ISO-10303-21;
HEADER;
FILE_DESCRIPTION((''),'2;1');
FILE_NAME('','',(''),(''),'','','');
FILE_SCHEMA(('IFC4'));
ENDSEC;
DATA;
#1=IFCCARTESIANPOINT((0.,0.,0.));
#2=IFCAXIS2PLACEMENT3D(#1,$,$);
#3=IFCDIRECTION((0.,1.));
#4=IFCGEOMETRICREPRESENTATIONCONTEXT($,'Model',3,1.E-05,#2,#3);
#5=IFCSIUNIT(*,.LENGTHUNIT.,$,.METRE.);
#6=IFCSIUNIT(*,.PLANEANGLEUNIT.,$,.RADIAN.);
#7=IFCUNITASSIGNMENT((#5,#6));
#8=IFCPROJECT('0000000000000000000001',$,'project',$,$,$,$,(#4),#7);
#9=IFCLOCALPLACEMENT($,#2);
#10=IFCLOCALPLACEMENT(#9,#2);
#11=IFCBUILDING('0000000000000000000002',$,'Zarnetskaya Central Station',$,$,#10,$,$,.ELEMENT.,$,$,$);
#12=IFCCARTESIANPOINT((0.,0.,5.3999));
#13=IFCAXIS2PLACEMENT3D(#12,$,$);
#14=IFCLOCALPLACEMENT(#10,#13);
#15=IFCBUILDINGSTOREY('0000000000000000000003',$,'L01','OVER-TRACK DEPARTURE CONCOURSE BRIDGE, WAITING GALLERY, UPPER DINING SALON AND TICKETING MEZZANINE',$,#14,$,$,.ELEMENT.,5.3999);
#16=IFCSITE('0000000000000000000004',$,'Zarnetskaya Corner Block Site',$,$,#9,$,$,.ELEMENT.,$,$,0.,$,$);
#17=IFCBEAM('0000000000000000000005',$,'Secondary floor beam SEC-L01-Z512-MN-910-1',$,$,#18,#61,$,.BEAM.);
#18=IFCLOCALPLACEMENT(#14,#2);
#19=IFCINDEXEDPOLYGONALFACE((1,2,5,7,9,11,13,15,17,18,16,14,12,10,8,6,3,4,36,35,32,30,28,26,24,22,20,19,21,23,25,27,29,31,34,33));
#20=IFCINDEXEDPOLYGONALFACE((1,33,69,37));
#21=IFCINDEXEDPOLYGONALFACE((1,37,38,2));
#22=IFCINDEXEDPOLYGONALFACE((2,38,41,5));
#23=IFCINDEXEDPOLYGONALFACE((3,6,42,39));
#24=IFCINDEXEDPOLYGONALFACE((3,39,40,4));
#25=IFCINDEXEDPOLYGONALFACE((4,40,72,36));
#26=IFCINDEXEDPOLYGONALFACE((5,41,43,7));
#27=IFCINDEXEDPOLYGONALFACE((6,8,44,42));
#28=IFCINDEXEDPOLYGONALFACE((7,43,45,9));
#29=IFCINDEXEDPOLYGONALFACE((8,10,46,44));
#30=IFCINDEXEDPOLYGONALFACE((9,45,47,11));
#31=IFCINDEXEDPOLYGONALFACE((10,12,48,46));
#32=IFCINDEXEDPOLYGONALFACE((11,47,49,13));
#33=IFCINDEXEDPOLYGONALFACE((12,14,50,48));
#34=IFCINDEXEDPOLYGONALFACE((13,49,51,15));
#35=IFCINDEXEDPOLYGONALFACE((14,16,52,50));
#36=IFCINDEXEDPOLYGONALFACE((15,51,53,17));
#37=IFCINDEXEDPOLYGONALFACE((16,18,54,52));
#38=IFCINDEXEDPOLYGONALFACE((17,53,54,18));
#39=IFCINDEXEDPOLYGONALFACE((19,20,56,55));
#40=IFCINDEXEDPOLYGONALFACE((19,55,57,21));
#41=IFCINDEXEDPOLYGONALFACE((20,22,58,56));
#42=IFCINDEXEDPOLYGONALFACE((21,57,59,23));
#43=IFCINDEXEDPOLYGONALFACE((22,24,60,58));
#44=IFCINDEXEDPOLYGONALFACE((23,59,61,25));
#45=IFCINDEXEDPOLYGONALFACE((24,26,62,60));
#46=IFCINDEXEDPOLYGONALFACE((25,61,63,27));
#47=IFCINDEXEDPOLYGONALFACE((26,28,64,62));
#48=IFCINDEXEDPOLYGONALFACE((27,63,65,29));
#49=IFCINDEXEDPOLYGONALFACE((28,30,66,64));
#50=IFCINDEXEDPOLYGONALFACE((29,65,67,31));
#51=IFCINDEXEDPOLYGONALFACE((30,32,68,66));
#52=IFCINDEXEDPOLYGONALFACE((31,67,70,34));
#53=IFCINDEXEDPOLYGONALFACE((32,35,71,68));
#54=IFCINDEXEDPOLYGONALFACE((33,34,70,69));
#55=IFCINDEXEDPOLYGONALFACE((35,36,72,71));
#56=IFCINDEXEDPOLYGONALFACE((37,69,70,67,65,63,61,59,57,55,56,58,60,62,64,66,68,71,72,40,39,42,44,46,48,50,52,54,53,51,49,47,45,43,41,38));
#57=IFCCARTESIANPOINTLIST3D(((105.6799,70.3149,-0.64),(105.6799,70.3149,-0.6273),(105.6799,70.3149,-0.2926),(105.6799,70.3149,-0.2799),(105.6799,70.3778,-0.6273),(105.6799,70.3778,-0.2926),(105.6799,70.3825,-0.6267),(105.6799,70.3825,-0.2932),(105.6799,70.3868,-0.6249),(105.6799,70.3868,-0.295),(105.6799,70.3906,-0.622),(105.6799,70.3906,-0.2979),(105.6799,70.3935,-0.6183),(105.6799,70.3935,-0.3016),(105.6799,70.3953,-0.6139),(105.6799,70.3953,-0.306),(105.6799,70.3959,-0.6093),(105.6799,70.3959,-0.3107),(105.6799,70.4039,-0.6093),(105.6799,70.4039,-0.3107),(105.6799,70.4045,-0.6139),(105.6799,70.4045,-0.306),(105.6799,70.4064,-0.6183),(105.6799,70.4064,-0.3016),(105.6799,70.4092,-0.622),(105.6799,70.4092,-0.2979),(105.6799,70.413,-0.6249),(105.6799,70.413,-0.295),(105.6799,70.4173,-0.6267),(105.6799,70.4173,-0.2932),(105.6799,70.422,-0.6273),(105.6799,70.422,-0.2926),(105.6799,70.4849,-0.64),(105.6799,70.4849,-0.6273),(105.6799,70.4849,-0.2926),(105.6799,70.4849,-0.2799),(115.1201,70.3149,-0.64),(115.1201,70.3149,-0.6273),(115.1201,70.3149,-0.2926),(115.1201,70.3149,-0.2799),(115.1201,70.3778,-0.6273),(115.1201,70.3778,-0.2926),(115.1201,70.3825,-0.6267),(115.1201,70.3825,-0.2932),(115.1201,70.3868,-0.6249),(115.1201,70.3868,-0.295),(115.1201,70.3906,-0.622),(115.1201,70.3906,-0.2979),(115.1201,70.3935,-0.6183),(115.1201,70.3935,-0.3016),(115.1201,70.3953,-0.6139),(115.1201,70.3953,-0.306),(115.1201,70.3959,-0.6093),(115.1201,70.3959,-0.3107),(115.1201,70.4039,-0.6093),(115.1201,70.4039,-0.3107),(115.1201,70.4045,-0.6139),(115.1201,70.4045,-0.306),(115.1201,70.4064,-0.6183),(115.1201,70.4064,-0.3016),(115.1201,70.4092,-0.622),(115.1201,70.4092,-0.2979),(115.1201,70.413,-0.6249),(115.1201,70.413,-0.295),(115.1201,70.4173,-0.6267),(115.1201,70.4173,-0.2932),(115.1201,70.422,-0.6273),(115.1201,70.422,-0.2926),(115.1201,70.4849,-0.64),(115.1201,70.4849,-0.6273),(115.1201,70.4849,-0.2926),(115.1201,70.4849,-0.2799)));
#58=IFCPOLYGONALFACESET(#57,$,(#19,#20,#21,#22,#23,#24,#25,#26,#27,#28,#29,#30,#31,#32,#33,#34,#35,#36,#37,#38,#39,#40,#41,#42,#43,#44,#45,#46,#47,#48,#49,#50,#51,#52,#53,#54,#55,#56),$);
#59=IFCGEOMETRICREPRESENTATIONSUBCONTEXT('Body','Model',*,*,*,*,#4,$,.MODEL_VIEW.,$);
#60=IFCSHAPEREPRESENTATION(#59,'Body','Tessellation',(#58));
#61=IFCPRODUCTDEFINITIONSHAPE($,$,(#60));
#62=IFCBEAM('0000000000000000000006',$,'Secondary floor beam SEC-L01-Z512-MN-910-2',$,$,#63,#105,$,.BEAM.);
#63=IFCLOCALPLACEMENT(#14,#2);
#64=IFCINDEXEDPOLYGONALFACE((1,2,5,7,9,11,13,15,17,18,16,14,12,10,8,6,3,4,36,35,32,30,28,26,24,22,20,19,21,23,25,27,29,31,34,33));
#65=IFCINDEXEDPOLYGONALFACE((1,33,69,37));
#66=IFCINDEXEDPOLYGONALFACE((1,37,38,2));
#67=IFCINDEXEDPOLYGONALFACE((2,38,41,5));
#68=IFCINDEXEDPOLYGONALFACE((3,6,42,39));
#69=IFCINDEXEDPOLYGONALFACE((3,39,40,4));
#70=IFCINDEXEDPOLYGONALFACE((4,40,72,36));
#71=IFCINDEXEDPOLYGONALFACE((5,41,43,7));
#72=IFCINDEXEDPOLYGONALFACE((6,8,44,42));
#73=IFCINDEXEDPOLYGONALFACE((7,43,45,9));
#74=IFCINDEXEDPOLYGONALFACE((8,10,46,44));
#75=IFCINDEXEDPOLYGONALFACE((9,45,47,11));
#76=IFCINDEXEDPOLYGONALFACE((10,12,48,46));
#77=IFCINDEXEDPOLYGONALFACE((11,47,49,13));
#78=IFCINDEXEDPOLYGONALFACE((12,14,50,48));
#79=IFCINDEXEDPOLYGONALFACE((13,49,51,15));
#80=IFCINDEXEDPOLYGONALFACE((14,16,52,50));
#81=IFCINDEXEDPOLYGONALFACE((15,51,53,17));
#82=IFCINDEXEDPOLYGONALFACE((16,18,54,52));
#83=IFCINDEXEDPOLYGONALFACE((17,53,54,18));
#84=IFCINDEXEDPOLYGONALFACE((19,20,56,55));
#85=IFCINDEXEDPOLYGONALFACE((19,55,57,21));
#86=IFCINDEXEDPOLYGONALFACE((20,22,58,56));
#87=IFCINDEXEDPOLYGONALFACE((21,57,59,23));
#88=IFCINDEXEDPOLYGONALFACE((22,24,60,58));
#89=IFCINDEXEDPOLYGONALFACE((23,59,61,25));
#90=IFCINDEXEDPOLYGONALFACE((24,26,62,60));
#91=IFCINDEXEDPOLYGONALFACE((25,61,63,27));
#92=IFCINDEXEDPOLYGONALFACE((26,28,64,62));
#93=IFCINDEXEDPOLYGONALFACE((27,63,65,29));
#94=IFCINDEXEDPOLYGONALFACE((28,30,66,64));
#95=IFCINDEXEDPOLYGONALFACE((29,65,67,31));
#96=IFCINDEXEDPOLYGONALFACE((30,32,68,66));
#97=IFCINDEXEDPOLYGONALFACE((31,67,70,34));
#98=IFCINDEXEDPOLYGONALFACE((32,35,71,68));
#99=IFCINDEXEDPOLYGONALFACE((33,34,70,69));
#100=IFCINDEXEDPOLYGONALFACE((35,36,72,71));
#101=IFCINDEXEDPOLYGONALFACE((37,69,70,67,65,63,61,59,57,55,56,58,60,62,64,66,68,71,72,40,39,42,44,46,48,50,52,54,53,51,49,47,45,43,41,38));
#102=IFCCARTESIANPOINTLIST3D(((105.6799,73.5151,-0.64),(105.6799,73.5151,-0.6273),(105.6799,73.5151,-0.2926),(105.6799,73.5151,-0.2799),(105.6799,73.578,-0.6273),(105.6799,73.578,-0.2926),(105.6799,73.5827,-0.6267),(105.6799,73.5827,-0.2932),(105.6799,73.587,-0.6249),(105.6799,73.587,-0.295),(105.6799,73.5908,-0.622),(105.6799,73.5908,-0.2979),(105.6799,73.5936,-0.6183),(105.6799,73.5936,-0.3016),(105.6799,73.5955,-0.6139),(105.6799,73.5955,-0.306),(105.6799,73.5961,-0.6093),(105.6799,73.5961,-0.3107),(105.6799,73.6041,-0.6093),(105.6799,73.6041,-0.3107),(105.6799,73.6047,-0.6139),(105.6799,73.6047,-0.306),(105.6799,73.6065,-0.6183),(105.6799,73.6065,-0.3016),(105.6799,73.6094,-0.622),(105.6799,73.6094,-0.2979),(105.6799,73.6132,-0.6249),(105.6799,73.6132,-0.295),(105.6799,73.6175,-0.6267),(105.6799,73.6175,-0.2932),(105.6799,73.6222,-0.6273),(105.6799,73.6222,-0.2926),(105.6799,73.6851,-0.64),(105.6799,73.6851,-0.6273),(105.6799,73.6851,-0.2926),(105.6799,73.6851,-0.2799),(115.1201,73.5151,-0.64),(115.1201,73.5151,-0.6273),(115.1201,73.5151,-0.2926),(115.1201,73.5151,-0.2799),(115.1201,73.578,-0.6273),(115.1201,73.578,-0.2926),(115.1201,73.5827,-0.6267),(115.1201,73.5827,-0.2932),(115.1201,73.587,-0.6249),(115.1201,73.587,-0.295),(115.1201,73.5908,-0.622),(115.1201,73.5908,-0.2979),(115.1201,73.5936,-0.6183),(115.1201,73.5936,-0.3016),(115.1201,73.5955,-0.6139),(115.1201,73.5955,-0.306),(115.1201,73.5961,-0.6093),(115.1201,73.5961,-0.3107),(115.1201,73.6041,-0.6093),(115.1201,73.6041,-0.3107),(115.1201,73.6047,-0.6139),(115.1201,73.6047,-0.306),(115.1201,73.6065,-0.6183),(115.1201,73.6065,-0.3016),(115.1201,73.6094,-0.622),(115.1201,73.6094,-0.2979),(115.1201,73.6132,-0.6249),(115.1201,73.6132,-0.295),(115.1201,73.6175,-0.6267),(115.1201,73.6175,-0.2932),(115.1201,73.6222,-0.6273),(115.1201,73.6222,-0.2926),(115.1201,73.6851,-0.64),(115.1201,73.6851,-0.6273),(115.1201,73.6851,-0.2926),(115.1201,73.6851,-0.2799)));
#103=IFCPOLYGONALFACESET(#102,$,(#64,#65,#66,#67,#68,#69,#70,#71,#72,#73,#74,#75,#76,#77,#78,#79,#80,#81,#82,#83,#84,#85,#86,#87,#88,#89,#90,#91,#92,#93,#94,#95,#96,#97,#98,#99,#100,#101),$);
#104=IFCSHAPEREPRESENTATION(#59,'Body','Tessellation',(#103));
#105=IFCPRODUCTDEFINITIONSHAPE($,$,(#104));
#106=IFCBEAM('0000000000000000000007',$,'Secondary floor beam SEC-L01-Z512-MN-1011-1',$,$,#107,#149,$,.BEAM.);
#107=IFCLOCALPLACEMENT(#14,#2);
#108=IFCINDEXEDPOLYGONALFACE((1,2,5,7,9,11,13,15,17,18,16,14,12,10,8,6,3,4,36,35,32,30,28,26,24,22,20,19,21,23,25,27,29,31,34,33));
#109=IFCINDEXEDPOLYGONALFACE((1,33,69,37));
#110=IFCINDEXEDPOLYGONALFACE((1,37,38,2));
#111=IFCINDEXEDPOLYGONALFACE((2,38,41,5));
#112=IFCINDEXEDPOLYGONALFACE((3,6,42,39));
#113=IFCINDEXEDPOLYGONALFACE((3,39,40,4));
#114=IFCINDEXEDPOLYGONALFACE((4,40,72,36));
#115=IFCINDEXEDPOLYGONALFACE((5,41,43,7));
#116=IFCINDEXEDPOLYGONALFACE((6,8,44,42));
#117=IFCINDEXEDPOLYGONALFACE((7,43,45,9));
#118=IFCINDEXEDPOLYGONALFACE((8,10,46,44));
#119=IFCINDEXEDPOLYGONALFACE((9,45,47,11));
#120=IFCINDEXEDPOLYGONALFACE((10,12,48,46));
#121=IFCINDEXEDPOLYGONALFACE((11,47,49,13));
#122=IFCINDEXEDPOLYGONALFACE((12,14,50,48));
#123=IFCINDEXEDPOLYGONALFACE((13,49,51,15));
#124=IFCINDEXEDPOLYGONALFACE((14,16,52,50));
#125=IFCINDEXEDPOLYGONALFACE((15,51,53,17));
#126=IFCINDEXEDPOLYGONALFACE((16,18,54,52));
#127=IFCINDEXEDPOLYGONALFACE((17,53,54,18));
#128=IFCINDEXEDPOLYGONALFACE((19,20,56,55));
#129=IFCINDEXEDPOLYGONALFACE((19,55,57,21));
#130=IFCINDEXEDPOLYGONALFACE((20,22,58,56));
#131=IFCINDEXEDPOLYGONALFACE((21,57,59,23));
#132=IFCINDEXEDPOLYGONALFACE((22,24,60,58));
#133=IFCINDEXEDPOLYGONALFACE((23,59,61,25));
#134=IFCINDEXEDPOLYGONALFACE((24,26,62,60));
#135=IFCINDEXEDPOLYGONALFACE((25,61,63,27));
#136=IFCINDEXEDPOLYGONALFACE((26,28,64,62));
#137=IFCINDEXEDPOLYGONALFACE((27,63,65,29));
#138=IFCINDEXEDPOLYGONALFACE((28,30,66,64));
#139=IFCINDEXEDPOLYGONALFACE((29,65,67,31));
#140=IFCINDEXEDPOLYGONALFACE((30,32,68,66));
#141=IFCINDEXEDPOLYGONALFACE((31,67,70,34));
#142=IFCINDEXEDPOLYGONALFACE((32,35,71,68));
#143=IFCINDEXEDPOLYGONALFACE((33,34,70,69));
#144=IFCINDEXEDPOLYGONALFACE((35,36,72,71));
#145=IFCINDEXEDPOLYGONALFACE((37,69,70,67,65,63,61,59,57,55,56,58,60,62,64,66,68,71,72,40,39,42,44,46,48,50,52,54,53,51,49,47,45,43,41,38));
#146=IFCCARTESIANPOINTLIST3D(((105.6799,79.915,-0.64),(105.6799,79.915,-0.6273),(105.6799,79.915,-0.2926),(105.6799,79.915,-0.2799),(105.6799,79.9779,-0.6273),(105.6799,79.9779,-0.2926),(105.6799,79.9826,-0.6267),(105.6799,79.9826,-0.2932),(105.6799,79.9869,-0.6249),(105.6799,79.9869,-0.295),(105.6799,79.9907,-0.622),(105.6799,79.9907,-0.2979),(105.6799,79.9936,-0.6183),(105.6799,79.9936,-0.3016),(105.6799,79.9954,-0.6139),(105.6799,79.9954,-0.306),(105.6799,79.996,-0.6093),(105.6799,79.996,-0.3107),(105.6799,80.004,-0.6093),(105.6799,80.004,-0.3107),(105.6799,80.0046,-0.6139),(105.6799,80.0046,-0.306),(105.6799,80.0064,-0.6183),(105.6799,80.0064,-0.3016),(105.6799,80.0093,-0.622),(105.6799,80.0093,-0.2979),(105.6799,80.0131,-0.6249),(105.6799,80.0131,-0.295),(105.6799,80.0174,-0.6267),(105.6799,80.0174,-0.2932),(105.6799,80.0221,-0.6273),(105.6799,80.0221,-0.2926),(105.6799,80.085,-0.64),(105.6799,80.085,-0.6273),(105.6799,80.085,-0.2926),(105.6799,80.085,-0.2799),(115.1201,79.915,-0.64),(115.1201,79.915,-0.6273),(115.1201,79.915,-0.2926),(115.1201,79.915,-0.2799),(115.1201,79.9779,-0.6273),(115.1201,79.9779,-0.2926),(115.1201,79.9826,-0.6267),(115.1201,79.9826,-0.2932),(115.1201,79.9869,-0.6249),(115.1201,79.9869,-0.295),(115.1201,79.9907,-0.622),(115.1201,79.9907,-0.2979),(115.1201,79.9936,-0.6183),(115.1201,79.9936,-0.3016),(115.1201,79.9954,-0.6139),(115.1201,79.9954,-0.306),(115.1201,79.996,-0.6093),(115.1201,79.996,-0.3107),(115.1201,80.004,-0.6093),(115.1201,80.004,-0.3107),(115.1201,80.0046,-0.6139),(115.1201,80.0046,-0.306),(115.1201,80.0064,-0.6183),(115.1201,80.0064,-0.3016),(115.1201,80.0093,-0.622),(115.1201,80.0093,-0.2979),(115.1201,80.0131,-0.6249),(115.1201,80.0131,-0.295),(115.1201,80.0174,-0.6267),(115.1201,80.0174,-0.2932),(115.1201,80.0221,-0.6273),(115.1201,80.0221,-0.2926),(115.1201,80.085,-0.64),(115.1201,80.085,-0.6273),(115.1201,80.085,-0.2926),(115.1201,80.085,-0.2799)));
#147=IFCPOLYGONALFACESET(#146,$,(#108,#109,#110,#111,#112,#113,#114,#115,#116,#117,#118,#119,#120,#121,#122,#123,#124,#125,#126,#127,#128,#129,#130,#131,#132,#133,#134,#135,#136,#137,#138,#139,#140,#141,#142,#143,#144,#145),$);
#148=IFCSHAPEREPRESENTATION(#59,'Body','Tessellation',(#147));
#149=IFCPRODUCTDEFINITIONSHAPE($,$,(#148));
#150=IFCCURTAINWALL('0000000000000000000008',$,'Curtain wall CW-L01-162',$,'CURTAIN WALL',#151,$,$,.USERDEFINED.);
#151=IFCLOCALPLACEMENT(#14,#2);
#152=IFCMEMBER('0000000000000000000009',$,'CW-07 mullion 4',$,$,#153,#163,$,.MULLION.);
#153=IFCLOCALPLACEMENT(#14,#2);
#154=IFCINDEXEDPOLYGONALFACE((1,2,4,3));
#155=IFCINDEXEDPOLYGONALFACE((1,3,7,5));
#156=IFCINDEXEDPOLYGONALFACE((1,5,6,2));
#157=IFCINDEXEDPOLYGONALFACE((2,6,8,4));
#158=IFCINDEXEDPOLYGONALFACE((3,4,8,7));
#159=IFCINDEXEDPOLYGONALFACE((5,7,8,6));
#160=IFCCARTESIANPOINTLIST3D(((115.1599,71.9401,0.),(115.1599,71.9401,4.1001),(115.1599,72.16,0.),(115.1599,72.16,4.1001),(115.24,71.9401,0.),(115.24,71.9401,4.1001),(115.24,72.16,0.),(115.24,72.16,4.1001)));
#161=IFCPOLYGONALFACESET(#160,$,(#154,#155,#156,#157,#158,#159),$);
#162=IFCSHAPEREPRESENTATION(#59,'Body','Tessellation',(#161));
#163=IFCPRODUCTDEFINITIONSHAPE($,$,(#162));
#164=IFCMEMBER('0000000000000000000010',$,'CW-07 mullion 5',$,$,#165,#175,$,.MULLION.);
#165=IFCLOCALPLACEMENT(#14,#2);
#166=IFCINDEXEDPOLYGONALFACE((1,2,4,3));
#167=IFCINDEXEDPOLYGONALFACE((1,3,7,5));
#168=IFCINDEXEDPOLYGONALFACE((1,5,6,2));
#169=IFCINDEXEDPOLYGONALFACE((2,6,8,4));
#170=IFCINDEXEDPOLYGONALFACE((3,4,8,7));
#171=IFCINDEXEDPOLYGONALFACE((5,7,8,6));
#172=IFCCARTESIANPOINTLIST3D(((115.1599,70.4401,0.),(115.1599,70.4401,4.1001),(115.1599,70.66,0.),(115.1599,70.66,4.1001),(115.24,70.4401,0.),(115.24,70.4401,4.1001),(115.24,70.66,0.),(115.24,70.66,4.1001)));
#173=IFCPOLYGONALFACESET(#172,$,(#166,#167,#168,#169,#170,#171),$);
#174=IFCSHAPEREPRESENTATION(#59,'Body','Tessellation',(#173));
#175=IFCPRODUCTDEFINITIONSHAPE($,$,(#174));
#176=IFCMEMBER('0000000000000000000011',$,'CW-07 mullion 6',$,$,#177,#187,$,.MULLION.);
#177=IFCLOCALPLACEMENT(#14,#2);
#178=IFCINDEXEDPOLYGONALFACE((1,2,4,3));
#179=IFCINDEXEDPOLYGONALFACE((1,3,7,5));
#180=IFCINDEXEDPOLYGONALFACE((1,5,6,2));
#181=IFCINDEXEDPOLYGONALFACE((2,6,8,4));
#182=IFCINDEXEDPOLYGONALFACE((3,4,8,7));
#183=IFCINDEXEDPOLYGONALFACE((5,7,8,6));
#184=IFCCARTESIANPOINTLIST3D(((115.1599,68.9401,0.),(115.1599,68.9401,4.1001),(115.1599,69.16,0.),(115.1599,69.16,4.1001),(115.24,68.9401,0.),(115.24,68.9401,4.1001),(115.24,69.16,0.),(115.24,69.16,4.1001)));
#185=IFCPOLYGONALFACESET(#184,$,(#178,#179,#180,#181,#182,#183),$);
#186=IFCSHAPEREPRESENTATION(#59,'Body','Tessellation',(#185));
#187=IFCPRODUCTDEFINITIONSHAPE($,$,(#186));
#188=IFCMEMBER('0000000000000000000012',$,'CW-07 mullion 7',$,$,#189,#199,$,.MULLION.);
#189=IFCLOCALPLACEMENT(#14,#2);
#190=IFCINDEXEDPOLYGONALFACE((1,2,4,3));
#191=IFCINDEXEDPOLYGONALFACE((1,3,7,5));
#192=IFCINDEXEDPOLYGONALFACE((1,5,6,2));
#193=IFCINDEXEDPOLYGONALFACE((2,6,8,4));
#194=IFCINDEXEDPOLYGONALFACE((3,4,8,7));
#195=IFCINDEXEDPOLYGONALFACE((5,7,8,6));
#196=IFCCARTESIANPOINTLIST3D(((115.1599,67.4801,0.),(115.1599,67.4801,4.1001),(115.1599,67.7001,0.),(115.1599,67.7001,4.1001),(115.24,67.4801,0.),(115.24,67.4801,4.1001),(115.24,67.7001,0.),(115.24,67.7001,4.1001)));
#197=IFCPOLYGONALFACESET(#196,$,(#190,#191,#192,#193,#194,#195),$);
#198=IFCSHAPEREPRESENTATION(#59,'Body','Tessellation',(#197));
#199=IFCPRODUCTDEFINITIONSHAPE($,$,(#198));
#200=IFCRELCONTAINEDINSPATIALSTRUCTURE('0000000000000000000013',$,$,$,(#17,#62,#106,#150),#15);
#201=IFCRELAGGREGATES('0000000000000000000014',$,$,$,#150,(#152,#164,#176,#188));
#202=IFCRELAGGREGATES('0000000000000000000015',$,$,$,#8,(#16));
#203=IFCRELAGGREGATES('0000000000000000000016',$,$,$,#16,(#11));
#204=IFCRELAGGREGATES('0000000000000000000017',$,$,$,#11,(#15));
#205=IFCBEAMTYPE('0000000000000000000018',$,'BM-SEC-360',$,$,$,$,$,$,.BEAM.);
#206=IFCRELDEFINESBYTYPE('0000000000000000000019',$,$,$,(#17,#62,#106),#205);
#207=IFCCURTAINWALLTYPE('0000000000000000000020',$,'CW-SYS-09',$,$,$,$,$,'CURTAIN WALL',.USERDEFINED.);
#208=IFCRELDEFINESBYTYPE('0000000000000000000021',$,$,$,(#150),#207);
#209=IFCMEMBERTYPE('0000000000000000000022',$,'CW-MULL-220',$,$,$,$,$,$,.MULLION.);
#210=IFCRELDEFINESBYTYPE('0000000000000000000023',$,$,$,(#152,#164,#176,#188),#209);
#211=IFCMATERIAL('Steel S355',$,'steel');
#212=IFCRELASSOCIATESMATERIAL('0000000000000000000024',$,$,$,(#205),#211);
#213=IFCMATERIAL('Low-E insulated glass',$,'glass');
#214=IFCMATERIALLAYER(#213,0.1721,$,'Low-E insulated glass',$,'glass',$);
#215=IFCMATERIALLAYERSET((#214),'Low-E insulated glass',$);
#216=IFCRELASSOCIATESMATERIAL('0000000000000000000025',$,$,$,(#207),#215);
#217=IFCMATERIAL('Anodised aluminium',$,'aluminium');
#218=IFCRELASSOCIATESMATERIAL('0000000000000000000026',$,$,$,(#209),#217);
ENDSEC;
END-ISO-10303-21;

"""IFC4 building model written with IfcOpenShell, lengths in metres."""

from ifc_helpers import new_model, si_unit, direction, frame, origin, origin_2d, place, context, subcontext, project, spatial, rectangle, i_section, extrude, material, layer, layer_set, material_profile, profile_set, type_object, element, aggregate, save


model = new_model("IFC4")

# Units and contexts
model_context = context("Model", 3, precision=1e-05, world=origin(), true_north=direction((0.0, 1.0)))
body_context = subcontext(model_context, "Body", "Model", "MODEL_VIEW")
ifc_project = project(units=[si_unit("LENGTHUNIT", "METRE"), si_unit("PLANEANGLEUNIT", "RADIAN")], contexts=[model_context])

# Site, building, storey
site_placement = place(None, origin())
site = spatial("IfcSite", under=ifc_project, at=site_placement, Name="Zarnetskaya Corner Block Site", CompositionType="ELEMENT", RefElevation=0.0)
building_placement = place(site_placement, origin())
building = spatial("IfcBuilding", under=site, at=building_placement, Name="Zarnetskaya Central Station", CompositionType="ELEMENT")
storey_placement = place(building_placement, frame((0.0, 0.0, 5.3999)))
storey = spatial("IfcBuildingStorey", under=building, at=storey_placement, Name="L01", Description="OVER-TRACK DEPARTURE CONCOURSE BRIDGE, WAITING GALLERY, UPPER DINING SALON AND TICKETING MEZZANINE", CompositionType="ELEMENT", Elevation=5.3999)

# Beams
ifc_material_1 = material(Name="Steel S355", Category="steel")
ifc_material_profile_1 = material_profile(ifc_material_1, i_section(OverallWidth=0.1699, OverallDepth=0.3601, WebThickness=0.0081, FlangeThickness=0.0127, FilletRadius=0.0181, at=origin_2d()), Name="IPE 360")
ifc_profile_set_1 = profile_set([ifc_material_profile_1], Name="Steel S355")
beam_type_1 = type_object("IfcBeamType", Name="BM-SEC-360", PredefinedType="BEAM", material=ifc_profile_set_1)
for number, where, z_axis, x_axis, name in (
    (1, (105.6799, 70.3999, -0.46), (1.0, 0.0, 0.0), (0.0, 1.0, 0.0), "Secondary floor beam SEC-L01-Z512-MN-910-1"),
    (2, (105.6799, 73.6001, -0.46), (1.0, 0.0, 0.0), (0.0, 1.0, 0.0), "Secondary floor beam SEC-L01-Z512-MN-910-2"),
    (3, (105.6799, 80.0, -0.46), (1.0, 0.0, 0.0), (0.0, 1.0, 0.0), "Secondary floor beam SEC-L01-Z512-MN-1011-1"),
):
    element("IfcBeam", number, at=place(storey_placement, frame(where, z_axis=z_axis, x_axis=x_axis)), inside=storey, type_object=beam_type_1, Name=name, PredefinedType="BEAM", context=body_context, shape_type="SweptSolid", body=[
        extrude(i_section(OverallWidth=0.1699, OverallDepth=0.3601, WebThickness=0.0081, FlangeThickness=0.0127, FilletRadius=0.0181, at=origin_2d()), origin(), (0.0, 0.0, 1.0), 9.4402),
    ])

# Curtain wall, members
ifc_material_2 = material(Name="Low-E insulated glass", Category="glass")
ifc_layer_1 = layer(ifc_material_2, 0.1721, Name="Low-E insulated glass", Category="glass")
ifc_layer_set_1 = layer_set([ifc_layer_1], Name="Low-E insulated glass")
curtain_wall_type = type_object("IfcCurtainWallType", Name="CW-SYS-09", ElementType="CURTAIN WALL", PredefinedType="USERDEFINED", material=ifc_layer_set_1)
curtain_wall_placement = place(storey_placement, origin())
curtain_wall = element("IfcCurtainWall", 4, at=curtain_wall_placement, inside=storey, type_object=curtain_wall_type, Name="Curtain wall CW-L01-162", ObjectType="CURTAIN WALL", PredefinedType="USERDEFINED")
ifc_material_3 = material(Name="Anodised aluminium", Category="aluminium")
ifc_material_profile_2 = material_profile(ifc_material_3, rectangle(XDim=0.0801, YDim=0.22, at=origin_2d()), Name="ALU MULL 80x220")
ifc_profile_set_2 = profile_set([ifc_material_profile_2], Name="Anodised aluminium")
member_type_1 = type_object("IfcMemberType", Name="CW-MULL-220", PredefinedType="MULLION", material=ifc_profile_set_2)
member_1_placement = place(storey_placement, frame((115.2, 72.05, 0.0), z_axis=(0.0, 0.0, 1.0), x_axis=(1.0, 0.0, 0.0)))
member_1 = element("IfcMember", 5, at=member_1_placement, type_object=member_type_1, Name="CW-07 mullion 4", PredefinedType="MULLION", context=body_context, shape_type="SweptSolid", body=[
    extrude(rectangle(XDim=0.0801, YDim=0.22, at=origin_2d()), origin(), (0.0, 0.0, 1.0), 4.1001),
])
member_2_placement = place(storey_placement, frame((115.2, 70.55, 0.0), z_axis=(0.0, 0.0, 1.0), x_axis=(1.0, 0.0, 0.0)))
member_2 = element("IfcMember", 6, at=member_2_placement, type_object=member_type_1, Name="CW-07 mullion 5", PredefinedType="MULLION", context=body_context, shape_type="SweptSolid", body=[
    extrude(rectangle(XDim=0.0801, YDim=0.22, at=origin_2d()), origin(), (0.0, 0.0, 1.0), 4.1001),
])
member_3_placement = place(storey_placement, frame((115.2, 69.05, 0.0), z_axis=(0.0, 0.0, 1.0), x_axis=(1.0, 0.0, 0.0)))
member_3 = element("IfcMember", 7, at=member_3_placement, type_object=member_type_1, Name="CW-07 mullion 6", PredefinedType="MULLION", context=body_context, shape_type="SweptSolid", body=[
    extrude(rectangle(XDim=0.0801, YDim=0.22, at=origin_2d()), origin(), (0.0, 0.0, 1.0), 4.1001),
])
member_4_placement = place(storey_placement, frame((115.2, 67.5901, 0.0), z_axis=(0.0, 0.0, 1.0), x_axis=(1.0, 0.0, 0.0)))
member_4 = element("IfcMember", 8, at=member_4_placement, type_object=member_type_1, Name="CW-07 mullion 7", PredefinedType="MULLION", context=body_context, shape_type="SweptSolid", body=[
    extrude(rectangle(XDim=0.0801, YDim=0.22, at=origin_2d()), origin(), (0.0, 0.0, 1.0), 4.1001),
])

aggregate(curtain_wall, [member_1, member_2, member_3, member_4])

save(model, "model.ifc")
